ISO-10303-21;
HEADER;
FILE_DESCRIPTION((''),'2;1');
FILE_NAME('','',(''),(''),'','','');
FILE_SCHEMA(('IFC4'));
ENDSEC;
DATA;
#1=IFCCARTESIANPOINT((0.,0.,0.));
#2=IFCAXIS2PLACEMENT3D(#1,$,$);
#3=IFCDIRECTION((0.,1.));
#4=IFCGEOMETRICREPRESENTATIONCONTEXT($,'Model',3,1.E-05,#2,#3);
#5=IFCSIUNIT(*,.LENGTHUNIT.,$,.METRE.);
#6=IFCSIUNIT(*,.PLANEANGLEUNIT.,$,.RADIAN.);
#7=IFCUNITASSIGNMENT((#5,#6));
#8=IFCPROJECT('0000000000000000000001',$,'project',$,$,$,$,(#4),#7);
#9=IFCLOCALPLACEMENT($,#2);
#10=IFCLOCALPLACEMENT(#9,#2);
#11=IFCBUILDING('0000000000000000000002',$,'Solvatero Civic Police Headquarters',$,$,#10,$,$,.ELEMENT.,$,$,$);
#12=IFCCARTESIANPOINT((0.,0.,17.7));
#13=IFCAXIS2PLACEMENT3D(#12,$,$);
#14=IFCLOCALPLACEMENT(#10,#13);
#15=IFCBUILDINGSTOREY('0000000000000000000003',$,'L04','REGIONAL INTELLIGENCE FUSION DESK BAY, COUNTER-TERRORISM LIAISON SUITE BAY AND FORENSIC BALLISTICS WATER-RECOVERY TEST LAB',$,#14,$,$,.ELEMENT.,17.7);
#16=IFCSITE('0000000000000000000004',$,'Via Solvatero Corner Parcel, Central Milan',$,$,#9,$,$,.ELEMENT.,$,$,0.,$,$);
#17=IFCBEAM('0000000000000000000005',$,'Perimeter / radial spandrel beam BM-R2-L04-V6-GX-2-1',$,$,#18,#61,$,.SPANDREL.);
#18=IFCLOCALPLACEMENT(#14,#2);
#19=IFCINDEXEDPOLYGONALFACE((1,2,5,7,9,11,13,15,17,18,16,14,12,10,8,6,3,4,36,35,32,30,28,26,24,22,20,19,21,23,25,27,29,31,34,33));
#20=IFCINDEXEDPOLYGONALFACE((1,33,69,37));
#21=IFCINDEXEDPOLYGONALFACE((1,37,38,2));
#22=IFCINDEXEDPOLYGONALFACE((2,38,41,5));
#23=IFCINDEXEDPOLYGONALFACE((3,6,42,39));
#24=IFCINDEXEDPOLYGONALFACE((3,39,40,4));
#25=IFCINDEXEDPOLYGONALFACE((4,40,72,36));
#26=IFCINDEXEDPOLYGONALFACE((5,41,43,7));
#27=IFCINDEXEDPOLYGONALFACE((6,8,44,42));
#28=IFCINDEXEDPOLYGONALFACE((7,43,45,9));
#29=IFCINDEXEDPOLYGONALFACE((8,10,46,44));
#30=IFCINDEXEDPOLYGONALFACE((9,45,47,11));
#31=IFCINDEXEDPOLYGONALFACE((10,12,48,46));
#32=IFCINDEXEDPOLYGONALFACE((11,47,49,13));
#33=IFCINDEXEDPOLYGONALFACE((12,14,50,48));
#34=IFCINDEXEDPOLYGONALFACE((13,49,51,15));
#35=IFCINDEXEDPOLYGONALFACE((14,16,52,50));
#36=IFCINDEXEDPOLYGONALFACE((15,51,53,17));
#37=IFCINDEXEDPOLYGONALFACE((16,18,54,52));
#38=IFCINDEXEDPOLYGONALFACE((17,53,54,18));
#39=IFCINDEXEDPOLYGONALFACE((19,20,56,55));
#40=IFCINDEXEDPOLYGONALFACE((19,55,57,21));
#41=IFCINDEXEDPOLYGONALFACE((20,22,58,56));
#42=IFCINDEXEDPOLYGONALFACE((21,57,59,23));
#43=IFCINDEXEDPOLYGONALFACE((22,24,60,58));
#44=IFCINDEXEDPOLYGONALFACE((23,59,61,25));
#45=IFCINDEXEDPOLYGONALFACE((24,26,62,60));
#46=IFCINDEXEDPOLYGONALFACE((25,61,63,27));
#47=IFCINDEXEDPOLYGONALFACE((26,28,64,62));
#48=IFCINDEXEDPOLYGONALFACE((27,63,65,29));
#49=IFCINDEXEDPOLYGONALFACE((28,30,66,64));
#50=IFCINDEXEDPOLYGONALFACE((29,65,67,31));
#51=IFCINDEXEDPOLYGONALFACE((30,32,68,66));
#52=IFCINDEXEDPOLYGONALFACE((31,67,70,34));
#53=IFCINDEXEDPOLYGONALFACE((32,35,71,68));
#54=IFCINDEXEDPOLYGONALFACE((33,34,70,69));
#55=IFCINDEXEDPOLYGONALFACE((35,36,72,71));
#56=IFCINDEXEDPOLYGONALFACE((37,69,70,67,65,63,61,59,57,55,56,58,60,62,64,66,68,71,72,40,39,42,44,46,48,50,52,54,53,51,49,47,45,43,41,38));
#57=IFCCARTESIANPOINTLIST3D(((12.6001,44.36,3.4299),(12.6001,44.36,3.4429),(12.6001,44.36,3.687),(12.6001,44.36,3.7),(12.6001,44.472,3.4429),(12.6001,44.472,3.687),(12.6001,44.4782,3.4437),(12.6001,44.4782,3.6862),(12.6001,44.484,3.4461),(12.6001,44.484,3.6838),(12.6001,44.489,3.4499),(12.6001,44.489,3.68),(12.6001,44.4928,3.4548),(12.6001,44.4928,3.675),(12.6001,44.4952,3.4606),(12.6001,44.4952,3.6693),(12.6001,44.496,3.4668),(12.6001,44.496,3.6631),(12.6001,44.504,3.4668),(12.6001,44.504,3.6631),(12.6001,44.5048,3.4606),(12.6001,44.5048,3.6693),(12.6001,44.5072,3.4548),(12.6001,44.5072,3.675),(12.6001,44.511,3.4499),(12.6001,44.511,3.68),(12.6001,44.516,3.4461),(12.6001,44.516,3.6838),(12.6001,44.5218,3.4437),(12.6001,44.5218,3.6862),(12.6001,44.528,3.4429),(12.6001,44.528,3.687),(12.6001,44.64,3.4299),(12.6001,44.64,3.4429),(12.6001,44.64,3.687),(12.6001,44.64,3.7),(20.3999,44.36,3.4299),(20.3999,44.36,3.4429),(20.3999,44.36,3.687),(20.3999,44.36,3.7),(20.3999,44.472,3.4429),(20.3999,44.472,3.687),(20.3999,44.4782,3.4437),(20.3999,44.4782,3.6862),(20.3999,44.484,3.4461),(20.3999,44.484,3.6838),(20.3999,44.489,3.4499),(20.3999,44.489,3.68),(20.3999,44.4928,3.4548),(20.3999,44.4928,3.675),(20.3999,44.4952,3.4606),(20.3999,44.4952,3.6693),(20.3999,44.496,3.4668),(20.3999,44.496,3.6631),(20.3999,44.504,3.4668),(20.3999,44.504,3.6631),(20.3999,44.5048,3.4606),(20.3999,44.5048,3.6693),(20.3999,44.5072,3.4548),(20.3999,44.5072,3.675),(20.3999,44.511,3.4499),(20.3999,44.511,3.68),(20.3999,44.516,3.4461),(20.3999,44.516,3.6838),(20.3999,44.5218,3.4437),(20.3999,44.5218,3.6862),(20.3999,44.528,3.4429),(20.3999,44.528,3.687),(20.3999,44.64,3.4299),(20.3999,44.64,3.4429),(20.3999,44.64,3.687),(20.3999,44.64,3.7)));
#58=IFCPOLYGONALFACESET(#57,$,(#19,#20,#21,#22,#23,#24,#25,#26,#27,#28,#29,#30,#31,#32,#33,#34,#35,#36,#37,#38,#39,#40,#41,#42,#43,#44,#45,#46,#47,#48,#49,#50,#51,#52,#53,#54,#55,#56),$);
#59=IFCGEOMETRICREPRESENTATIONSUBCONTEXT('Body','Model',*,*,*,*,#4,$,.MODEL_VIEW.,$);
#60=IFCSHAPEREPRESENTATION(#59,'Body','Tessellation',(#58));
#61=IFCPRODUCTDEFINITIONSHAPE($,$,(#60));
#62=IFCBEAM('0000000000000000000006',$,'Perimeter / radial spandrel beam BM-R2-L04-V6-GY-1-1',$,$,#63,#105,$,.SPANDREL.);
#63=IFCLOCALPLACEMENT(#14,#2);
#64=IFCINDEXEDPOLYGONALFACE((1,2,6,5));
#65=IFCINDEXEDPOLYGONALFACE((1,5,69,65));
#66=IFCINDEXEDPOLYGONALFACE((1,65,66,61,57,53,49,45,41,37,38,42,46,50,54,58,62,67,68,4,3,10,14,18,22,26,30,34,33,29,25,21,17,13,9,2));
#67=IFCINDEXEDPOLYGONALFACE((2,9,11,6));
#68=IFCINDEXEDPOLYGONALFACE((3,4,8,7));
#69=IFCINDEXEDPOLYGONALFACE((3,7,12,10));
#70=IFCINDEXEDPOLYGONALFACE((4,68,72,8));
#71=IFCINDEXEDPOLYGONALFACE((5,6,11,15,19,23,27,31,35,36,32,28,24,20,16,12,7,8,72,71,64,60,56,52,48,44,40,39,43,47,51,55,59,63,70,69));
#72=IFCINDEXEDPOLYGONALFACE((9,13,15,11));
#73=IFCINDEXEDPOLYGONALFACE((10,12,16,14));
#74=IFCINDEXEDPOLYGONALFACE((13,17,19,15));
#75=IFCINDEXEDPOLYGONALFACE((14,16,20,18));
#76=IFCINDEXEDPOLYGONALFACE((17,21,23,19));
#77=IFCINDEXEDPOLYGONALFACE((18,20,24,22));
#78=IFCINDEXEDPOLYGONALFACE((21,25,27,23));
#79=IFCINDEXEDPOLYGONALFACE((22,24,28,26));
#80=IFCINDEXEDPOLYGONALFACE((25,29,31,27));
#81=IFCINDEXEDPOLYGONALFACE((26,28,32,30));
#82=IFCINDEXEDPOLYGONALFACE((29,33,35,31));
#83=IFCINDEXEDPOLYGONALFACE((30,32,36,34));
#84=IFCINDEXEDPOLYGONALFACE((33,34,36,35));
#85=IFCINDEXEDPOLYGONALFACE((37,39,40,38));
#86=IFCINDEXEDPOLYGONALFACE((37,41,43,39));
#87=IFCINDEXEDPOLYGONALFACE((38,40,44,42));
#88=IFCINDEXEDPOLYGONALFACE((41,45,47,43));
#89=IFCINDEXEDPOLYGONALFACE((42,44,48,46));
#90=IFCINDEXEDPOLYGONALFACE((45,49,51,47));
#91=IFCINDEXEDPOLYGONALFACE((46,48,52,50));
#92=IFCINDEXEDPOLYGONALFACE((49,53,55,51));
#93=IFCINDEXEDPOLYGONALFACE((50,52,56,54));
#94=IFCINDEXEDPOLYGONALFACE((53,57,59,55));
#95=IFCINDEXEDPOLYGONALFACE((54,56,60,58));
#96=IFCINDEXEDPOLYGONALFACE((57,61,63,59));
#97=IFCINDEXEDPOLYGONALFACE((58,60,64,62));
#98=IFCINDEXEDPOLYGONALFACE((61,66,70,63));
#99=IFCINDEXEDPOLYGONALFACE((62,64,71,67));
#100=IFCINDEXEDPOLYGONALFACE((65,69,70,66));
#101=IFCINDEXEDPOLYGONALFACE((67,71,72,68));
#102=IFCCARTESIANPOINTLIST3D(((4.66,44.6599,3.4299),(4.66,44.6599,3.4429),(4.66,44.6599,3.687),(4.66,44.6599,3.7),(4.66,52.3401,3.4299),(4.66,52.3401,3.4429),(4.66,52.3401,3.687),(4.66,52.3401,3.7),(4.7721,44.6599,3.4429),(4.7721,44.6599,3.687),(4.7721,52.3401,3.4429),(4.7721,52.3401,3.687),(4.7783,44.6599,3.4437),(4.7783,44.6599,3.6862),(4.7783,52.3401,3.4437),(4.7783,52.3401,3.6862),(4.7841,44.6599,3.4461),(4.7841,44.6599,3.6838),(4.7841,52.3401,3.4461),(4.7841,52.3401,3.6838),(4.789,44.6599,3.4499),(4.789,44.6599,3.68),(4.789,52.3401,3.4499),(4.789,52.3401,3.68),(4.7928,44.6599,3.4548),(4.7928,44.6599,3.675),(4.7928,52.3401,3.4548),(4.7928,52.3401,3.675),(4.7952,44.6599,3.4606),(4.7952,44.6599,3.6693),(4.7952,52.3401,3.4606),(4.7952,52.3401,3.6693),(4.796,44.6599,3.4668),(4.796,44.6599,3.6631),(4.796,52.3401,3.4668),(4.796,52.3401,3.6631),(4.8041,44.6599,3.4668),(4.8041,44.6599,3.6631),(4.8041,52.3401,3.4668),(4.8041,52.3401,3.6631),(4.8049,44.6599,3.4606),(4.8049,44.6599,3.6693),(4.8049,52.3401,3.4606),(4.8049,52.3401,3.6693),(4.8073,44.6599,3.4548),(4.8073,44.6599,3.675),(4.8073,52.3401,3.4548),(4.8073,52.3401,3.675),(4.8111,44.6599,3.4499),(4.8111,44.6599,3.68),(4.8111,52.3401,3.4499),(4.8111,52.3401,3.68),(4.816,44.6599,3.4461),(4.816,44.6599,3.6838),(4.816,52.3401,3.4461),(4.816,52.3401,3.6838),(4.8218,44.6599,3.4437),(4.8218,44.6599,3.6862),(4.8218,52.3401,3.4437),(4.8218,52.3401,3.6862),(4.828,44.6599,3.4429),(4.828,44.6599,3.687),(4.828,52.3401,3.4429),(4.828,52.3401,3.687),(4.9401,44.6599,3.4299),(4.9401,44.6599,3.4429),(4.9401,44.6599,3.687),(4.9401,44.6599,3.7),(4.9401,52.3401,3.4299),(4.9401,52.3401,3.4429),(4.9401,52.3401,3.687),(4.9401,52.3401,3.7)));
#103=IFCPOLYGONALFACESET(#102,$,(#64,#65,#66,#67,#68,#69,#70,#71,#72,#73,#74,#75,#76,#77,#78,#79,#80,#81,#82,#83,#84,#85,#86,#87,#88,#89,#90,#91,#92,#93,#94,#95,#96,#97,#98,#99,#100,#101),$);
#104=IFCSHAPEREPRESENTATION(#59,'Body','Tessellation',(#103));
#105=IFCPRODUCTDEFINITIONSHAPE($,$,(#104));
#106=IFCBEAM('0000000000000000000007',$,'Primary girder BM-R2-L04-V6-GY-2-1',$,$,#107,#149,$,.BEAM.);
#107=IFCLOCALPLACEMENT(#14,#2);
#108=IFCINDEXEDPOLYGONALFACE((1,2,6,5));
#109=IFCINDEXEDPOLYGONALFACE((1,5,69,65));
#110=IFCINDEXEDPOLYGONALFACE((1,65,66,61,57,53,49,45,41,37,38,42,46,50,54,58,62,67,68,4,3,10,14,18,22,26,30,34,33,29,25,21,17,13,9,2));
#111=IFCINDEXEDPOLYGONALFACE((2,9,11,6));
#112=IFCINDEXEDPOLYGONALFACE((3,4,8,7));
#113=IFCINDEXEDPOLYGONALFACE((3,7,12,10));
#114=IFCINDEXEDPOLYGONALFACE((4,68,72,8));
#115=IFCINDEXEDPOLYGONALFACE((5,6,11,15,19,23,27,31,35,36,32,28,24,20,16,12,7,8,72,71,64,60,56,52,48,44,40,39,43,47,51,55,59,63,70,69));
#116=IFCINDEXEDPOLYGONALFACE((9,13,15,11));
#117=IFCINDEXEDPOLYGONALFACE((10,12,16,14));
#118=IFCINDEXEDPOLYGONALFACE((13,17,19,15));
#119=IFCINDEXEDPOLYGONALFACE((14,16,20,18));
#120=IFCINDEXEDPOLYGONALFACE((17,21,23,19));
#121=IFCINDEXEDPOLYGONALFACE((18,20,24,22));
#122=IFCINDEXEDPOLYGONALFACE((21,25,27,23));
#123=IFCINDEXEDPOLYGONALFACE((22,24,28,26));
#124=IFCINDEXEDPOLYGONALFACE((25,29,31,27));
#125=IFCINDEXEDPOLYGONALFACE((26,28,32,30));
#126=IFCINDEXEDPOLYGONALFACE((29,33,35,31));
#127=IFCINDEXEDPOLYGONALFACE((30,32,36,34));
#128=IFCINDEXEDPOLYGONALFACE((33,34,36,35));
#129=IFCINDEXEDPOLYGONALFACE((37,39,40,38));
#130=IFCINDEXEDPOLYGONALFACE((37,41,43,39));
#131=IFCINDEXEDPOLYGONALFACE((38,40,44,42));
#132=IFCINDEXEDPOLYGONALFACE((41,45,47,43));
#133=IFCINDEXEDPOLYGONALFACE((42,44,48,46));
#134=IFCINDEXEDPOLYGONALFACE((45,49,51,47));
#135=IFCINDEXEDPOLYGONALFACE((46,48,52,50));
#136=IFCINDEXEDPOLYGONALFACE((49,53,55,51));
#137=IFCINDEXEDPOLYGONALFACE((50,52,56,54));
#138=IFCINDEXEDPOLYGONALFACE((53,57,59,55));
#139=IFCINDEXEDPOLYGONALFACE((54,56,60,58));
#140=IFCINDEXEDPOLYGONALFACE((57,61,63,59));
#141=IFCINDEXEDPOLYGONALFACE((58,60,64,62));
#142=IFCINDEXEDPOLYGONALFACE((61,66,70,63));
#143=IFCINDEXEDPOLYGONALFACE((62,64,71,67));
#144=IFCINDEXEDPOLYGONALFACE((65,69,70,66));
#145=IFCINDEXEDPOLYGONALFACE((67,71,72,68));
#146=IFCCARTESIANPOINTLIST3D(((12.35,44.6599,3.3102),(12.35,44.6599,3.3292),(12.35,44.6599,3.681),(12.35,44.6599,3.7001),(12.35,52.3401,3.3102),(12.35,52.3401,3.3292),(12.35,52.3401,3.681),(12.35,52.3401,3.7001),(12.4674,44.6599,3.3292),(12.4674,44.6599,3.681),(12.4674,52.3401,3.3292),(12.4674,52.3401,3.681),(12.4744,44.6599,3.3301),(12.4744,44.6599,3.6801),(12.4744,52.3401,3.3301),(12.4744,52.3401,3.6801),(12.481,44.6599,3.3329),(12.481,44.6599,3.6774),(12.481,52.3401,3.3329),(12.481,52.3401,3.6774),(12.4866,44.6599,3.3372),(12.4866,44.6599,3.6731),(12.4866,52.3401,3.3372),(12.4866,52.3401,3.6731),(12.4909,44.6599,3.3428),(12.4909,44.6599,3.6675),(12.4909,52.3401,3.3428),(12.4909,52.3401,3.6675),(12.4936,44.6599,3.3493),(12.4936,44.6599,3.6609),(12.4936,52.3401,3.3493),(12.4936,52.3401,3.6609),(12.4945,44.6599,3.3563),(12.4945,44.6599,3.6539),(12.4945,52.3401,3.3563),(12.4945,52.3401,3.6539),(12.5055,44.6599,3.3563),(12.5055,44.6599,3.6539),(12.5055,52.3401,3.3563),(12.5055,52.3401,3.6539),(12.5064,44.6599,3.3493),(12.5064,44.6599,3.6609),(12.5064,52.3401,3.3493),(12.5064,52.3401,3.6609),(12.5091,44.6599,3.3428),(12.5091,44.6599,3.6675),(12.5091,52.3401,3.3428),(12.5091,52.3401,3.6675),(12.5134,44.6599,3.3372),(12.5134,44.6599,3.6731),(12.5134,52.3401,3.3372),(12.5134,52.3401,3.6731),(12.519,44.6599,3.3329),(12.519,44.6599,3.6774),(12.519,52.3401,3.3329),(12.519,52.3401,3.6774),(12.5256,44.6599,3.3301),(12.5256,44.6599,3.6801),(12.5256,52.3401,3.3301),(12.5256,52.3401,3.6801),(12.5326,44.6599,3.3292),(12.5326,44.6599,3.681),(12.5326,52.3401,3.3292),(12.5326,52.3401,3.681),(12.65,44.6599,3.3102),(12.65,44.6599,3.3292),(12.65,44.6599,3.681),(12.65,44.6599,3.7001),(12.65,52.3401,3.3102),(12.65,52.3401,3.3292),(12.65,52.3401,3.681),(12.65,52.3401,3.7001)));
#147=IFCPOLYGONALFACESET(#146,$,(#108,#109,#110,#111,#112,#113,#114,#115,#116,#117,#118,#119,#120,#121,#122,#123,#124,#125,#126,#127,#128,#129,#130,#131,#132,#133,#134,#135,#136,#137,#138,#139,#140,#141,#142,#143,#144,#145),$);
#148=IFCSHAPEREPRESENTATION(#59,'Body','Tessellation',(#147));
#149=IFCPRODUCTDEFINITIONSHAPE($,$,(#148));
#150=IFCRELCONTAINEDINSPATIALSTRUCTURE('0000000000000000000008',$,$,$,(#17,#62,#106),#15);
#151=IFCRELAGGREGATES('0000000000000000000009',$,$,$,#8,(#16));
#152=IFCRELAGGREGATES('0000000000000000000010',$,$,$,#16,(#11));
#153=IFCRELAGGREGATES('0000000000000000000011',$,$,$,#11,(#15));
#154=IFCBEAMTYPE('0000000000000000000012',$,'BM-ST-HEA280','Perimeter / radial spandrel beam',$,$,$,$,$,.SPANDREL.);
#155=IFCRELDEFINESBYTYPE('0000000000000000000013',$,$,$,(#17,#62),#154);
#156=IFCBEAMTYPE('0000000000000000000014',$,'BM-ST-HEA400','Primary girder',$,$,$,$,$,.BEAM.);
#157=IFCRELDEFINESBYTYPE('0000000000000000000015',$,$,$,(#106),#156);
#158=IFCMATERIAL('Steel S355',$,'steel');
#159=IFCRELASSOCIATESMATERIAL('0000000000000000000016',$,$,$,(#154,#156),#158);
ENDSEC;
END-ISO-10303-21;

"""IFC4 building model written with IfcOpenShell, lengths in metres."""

from ifc_helpers import new_model, si_unit, direction, frame, origin, origin_2d, place, context, subcontext, project, spatial, i_section, extrude, material, material_profile, profile_set, type_object, element, save


model = new_model("IFC4")

# Units and contexts
model_context = context("Model", 3, precision=1e-05, world=origin(), true_north=direction((0.0, 1.0)))
body_context = subcontext(model_context, "Body", "Model", "MODEL_VIEW")
ifc_project = project(units=[si_unit("LENGTHUNIT", "METRE"), si_unit("PLANEANGLEUNIT", "RADIAN")], contexts=[model_context])

# Site, building, storey
site_placement = place(None, origin())
site = spatial("IfcSite", under=ifc_project, at=site_placement, Name="Via Solvatero Corner Parcel, Central Milan", CompositionType="ELEMENT", RefElevation=0.0)
building_placement = place(site_placement, origin())
building = spatial("IfcBuilding", under=site, at=building_placement, Name="Solvatero Civic Police Headquarters", CompositionType="ELEMENT")
storey_placement = place(building_placement, frame((0.0, 0.0, 17.7)))
storey = spatial("IfcBuildingStorey", under=building, at=storey_placement, Name="L04", Description="REGIONAL INTELLIGENCE FUSION DESK BAY, COUNTER-TERRORISM LIAISON SUITE BAY AND FORENSIC BALLISTICS WATER-RECOVERY TEST LAB", CompositionType="ELEMENT", Elevation=17.7)

# Shared definitions
ifc_material_1 = material(Name="Steel S355", Category="steel")

# Beams
ifc_material_profile_1 = material_profile(ifc_material_1, i_section(OverallWidth=0.28, OverallDepth=0.27, WebThickness=0.0081, FlangeThickness=0.0129, FilletRadius=0.0239, at=origin_2d()), Name="HEA 280")
ifc_profile_set_1 = profile_set([ifc_material_profile_1], Name="Steel S355")
beam_type_1 = type_object("IfcBeamType", Name="BM-ST-HEA280", Description="Perimeter / radial spandrel beam", PredefinedType="SPANDREL", material=ifc_profile_set_1)
beam_1_placement = place(storey_placement, frame((12.6001, 44.5, 3.5649), z_axis=(1.0, 0.0, 0.0), x_axis=(0.0, 1.0, 0.0)))
element("IfcBeam", 1, at=beam_1_placement, inside=storey, type_object=beam_type_1, Name="Perimeter / radial spandrel beam BM-R2-L04-V6-GX-2-1", PredefinedType="SPANDREL", context=body_context, shape_type="SweptSolid", body=[
    extrude(i_section(OverallWidth=0.28, OverallDepth=0.27, WebThickness=0.0081, FlangeThickness=0.0129, FilletRadius=0.0239, at=origin_2d()), origin(), (0.0, 0.0, 1.0), 7.7998),
])
beam_2_placement = place(storey_placement, frame((4.8, 44.6599, 3.5649), z_axis=(0.0, 1.0, 0.0), x_axis=(-1.0, 0.0, 0.0)))
element("IfcBeam", 2, at=beam_2_placement, inside=storey, type_object=beam_type_1, Name="Perimeter / radial spandrel beam BM-R2-L04-V6-GY-1-1", PredefinedType="SPANDREL", context=body_context, shape_type="SweptSolid", body=[
    extrude(i_section(OverallWidth=0.28, OverallDepth=0.27, WebThickness=0.0081, FlangeThickness=0.0129, FilletRadius=0.0239, at=origin_2d()), origin(), (0.0, 0.0, 1.0), 7.6802),
])
ifc_material_profile_2 = material_profile(ifc_material_1, i_section(OverallWidth=0.3, OverallDepth=0.3899, WebThickness=0.011, FlangeThickness=0.019, FilletRadius=0.0271, at=origin_2d()), Name="HEA 400")
ifc_profile_set_2 = profile_set([ifc_material_profile_2], Name="Steel S355")
beam_type_2 = type_object("IfcBeamType", Name="BM-ST-HEA400", Description="Primary girder", PredefinedType="BEAM", material=ifc_profile_set_2)
beam_3_placement = place(storey_placement, frame((12.5, 44.6599, 3.5051), z_axis=(0.0, 1.0, 0.0), x_axis=(-1.0, 0.0, 0.0)))
element("IfcBeam", 3, at=beam_3_placement, inside=storey, type_object=beam_type_2, Name="Primary girder BM-R2-L04-V6-GY-2-1", PredefinedType="BEAM", context=body_context, shape_type="SweptSolid", body=[
    extrude(i_section(OverallWidth=0.3, OverallDepth=0.3899, WebThickness=0.011, FlangeThickness=0.019, FilletRadius=0.0271, at=origin_2d()), origin(), (0.0, 0.0, 1.0), 7.6802),
])

save(model, "model.ifc")
